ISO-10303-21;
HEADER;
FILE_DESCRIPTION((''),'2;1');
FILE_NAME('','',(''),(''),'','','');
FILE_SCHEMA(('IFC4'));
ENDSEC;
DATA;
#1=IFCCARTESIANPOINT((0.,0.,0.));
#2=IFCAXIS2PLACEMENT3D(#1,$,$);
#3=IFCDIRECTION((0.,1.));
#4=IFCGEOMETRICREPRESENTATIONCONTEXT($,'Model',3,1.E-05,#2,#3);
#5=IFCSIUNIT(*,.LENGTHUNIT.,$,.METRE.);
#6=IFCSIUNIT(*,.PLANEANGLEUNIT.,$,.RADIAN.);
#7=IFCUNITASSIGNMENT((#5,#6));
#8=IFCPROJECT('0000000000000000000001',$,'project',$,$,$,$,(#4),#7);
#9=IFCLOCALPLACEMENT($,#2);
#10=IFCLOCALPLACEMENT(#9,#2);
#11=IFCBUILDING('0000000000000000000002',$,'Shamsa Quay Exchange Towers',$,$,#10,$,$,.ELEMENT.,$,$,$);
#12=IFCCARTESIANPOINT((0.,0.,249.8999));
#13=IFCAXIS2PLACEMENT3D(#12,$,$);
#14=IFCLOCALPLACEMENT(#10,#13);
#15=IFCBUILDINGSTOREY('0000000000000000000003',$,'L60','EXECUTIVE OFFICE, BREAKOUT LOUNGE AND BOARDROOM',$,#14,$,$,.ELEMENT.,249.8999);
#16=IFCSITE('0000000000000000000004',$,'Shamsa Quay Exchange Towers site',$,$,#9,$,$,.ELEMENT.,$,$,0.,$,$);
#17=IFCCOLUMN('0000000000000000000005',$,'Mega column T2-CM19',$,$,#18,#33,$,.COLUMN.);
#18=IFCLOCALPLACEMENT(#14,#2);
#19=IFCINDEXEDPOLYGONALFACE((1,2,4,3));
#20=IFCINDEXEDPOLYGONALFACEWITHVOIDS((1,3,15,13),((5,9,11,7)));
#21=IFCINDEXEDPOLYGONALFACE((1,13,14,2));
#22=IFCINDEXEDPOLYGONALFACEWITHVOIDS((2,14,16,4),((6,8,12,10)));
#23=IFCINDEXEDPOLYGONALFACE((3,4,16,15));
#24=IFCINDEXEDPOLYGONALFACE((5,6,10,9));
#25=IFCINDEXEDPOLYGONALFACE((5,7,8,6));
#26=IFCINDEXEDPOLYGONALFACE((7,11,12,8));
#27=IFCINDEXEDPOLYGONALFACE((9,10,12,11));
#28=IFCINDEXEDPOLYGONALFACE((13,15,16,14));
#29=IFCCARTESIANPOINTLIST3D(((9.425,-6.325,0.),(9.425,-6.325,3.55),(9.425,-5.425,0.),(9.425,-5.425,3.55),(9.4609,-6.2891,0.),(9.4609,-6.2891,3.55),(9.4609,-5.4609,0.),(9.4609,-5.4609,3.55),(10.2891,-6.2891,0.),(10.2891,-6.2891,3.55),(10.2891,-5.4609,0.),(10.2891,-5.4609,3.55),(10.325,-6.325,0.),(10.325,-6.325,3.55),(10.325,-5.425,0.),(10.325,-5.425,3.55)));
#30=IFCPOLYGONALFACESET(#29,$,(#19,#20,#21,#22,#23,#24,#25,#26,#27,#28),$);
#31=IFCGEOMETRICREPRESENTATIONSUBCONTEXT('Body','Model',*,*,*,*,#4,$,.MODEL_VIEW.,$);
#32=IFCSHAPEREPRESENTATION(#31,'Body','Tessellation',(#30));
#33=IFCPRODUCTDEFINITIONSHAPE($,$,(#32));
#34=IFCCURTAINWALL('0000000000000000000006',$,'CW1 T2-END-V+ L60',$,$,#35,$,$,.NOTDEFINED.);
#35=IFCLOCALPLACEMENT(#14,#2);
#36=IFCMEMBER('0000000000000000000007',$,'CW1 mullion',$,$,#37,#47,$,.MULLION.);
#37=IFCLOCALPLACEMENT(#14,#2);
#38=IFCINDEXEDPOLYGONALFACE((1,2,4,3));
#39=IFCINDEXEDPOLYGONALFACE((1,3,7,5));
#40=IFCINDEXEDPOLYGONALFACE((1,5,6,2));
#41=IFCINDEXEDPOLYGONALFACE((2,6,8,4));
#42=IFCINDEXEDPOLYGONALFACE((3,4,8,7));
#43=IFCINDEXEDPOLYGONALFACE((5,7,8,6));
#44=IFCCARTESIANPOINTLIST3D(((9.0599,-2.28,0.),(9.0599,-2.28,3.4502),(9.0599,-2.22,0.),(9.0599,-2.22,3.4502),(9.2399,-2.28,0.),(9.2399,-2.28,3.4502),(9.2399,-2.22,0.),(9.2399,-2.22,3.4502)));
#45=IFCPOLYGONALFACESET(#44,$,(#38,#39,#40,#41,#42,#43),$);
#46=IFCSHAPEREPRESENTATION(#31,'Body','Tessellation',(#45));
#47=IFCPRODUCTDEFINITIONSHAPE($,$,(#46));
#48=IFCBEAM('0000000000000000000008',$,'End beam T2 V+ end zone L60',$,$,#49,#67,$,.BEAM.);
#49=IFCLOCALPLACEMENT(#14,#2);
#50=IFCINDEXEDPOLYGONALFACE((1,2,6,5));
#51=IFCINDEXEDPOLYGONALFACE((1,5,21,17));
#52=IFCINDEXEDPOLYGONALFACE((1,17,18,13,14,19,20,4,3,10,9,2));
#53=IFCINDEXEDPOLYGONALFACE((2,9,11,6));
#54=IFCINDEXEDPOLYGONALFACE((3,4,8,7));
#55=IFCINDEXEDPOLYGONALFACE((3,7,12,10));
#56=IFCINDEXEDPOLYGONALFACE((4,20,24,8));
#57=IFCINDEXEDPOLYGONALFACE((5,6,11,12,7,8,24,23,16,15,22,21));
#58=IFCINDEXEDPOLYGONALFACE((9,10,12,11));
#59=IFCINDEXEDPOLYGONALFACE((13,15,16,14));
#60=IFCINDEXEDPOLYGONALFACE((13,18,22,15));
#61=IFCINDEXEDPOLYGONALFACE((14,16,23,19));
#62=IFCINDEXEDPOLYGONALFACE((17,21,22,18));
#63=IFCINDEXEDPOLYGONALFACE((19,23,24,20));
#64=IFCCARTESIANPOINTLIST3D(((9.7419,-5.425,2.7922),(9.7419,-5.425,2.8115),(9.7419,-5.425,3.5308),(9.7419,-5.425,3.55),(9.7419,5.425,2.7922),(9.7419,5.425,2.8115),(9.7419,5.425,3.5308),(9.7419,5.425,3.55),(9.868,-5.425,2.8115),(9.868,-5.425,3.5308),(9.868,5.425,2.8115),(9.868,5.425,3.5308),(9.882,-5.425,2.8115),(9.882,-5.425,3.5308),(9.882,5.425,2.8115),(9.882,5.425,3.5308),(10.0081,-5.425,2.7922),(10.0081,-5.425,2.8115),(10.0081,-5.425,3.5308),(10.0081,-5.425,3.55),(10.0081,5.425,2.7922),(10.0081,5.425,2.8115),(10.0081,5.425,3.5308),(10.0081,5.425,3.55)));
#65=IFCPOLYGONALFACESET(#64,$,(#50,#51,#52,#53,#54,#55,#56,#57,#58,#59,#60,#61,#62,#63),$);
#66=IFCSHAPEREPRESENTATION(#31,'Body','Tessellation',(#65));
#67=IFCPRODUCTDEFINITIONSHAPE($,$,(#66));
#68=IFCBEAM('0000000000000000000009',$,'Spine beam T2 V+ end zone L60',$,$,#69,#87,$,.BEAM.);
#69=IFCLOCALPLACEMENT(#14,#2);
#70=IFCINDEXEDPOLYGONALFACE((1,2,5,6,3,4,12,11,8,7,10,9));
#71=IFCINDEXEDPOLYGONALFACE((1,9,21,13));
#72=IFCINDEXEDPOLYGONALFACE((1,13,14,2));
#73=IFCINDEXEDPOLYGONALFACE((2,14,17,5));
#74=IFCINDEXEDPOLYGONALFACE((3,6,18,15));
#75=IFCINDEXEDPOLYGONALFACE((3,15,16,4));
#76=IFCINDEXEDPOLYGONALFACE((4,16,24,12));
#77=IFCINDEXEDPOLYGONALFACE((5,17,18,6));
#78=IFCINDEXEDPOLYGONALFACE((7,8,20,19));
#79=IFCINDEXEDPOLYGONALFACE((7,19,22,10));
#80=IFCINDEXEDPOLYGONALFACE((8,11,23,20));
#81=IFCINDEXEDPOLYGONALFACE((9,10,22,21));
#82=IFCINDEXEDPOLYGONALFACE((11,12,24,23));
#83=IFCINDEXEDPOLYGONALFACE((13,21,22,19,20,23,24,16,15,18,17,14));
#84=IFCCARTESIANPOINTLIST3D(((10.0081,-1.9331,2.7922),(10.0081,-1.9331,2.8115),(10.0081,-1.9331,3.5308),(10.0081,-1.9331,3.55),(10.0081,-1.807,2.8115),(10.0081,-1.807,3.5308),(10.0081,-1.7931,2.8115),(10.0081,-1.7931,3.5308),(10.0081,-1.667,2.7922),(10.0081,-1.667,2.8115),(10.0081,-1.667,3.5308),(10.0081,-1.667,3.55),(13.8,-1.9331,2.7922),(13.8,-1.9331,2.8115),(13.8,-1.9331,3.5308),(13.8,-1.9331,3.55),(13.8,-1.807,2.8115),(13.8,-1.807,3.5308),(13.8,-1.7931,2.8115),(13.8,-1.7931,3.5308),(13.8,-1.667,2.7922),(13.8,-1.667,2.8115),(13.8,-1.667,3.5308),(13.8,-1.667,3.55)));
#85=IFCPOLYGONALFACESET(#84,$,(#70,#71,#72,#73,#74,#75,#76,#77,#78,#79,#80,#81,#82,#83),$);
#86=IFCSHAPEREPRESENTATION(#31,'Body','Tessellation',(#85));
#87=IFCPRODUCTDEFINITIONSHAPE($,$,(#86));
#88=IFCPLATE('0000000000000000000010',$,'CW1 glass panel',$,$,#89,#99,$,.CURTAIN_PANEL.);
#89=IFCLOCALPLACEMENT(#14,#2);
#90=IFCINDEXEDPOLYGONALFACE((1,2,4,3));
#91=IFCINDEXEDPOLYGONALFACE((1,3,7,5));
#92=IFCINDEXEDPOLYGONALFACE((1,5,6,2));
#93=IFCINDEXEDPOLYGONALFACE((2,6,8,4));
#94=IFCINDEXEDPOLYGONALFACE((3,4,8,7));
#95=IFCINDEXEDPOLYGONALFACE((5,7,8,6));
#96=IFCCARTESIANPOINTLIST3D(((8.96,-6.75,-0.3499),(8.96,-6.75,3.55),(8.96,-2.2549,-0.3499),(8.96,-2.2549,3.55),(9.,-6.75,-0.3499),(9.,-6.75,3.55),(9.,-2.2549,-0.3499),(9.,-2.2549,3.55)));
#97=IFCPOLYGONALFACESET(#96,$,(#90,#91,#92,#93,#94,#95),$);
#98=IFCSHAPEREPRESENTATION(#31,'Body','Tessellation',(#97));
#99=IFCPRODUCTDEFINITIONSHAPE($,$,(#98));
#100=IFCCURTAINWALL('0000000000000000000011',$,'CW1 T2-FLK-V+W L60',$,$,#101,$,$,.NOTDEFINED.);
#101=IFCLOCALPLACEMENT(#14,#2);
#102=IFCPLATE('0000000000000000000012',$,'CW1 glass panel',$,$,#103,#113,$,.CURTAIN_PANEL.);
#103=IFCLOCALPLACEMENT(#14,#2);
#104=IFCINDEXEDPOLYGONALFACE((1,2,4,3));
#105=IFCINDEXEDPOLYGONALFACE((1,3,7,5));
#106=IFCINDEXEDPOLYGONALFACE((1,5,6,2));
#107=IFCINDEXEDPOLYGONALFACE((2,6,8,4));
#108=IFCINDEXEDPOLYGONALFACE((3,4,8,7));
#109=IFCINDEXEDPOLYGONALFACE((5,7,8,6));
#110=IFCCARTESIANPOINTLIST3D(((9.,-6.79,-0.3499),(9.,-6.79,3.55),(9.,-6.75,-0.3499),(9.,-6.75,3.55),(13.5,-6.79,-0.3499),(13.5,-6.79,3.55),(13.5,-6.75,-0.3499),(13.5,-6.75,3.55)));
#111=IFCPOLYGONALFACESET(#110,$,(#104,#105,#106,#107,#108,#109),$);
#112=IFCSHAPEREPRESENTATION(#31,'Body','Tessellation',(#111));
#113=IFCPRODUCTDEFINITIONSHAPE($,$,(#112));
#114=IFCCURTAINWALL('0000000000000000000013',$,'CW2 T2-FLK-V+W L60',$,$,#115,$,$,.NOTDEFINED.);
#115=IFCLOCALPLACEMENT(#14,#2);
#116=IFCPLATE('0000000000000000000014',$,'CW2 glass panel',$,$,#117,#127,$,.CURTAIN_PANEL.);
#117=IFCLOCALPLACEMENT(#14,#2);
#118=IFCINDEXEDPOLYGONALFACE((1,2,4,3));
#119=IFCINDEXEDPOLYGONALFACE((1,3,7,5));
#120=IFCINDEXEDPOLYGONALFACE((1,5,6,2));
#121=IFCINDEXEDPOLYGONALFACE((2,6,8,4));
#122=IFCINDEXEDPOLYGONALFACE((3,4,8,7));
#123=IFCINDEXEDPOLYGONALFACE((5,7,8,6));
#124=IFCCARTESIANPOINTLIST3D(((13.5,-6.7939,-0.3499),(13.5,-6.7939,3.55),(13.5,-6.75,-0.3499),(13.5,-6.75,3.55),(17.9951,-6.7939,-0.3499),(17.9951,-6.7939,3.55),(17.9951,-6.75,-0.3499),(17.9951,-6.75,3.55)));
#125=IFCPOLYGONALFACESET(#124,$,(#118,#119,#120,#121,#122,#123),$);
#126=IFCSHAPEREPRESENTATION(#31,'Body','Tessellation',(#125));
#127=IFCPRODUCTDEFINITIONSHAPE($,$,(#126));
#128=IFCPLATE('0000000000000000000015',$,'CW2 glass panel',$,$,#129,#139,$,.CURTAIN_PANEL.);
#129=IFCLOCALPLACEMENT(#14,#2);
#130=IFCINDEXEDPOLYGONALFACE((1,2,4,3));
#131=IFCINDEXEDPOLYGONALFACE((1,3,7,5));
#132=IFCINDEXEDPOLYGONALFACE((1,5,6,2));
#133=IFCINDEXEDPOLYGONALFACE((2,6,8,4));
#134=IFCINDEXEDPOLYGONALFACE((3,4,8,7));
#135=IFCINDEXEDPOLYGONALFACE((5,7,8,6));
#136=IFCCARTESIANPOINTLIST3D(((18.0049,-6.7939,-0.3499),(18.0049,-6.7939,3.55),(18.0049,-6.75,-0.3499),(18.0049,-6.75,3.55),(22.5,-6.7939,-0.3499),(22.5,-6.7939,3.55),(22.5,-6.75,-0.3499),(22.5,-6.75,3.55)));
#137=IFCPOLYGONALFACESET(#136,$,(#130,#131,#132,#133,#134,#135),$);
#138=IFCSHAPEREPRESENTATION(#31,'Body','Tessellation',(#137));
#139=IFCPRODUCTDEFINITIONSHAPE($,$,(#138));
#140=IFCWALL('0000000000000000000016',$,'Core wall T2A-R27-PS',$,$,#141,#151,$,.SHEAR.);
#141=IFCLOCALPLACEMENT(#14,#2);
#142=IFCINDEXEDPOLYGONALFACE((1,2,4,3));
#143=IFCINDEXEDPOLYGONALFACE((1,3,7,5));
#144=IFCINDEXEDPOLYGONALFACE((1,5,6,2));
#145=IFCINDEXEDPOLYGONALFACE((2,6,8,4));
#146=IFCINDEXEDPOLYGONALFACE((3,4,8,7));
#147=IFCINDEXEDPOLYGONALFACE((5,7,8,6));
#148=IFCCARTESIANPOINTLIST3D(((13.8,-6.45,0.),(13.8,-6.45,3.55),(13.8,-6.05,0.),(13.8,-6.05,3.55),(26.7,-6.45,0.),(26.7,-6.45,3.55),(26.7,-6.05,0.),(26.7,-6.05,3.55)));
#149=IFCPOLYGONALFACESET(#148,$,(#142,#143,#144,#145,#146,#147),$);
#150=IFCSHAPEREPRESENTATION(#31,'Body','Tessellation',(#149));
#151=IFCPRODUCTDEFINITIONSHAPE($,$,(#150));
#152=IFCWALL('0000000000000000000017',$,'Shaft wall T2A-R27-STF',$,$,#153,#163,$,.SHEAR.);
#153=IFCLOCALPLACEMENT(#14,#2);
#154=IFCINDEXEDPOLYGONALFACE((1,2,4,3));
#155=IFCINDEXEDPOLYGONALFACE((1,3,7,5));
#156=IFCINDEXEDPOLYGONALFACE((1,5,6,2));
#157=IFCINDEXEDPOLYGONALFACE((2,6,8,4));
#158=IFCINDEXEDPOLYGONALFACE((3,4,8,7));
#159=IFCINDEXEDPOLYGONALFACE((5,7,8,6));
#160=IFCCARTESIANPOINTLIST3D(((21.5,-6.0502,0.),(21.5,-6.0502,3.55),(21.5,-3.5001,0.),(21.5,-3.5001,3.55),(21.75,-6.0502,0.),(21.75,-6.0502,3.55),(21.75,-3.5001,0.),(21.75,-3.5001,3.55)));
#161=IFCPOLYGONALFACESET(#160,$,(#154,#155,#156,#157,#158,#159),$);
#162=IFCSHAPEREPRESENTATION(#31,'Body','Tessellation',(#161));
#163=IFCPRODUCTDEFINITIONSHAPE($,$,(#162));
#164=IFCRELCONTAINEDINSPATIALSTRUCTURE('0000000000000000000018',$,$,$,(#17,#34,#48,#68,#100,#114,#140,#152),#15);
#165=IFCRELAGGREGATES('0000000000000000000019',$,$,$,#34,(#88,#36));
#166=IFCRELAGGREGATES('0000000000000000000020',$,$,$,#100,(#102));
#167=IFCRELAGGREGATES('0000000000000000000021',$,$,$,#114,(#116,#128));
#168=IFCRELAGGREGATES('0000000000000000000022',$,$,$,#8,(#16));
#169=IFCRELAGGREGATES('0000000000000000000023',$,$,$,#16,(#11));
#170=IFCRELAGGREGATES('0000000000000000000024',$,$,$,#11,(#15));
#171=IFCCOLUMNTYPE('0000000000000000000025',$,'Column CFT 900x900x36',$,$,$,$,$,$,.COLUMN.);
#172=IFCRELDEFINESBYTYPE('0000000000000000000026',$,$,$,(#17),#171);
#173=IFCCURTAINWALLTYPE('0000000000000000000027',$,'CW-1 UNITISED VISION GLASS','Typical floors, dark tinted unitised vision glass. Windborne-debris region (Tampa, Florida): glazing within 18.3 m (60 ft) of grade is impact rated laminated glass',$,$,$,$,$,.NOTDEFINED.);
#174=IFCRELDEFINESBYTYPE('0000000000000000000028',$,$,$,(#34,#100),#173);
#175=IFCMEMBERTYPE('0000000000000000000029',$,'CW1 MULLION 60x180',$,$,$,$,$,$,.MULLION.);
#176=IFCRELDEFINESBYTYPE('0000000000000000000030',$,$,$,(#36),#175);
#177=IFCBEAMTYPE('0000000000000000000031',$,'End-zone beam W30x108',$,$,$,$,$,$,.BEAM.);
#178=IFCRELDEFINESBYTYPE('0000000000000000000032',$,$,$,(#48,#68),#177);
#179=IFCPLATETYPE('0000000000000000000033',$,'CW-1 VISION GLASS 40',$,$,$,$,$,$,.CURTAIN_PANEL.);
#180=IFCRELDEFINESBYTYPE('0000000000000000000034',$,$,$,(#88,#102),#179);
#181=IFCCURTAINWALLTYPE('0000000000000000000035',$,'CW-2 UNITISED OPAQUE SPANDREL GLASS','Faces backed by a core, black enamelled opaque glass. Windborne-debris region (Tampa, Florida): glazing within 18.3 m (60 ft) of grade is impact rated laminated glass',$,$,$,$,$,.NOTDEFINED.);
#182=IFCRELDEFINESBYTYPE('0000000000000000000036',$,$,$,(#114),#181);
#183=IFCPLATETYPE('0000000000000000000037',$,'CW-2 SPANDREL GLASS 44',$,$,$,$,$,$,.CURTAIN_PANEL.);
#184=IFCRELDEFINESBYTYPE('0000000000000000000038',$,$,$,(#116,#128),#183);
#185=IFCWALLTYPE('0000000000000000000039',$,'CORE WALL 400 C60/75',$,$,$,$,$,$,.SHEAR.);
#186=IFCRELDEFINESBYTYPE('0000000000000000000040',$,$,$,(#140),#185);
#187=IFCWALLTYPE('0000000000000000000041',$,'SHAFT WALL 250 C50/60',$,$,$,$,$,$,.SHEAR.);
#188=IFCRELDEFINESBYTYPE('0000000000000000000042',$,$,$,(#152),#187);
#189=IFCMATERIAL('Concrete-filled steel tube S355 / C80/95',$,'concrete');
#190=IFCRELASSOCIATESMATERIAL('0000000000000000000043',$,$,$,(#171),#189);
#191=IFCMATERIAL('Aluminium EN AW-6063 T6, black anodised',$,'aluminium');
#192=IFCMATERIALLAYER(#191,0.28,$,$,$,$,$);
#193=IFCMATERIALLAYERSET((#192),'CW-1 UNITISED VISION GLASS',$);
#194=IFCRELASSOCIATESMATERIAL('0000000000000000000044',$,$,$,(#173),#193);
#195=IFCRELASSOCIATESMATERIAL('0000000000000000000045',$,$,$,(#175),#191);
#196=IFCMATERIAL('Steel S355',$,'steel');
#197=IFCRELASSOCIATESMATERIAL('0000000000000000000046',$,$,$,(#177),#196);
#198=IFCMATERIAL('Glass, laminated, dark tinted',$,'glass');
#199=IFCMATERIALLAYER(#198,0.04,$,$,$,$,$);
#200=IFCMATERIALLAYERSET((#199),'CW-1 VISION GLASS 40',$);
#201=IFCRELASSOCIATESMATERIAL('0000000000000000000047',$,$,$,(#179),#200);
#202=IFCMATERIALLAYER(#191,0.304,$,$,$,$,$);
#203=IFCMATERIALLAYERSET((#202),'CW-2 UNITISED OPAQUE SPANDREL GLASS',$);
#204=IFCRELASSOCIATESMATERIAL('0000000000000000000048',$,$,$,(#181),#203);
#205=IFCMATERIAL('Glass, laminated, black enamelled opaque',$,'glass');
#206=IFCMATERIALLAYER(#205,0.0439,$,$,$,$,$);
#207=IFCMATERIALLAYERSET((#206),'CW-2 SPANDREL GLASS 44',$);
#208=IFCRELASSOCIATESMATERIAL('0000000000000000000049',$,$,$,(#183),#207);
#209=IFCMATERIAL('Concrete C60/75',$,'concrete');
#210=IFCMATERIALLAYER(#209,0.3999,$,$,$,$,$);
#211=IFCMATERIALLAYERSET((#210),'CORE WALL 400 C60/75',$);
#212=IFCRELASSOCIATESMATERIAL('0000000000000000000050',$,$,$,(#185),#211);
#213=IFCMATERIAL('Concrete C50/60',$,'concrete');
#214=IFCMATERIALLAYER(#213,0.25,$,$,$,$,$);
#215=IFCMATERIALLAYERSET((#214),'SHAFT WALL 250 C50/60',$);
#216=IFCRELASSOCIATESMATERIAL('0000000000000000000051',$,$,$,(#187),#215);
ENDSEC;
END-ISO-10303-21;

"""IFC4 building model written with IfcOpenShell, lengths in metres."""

from ifc_helpers import new_model, si_unit, direction, frame, frame_2d, origin, origin_2d, place, context, subcontext, project, spatial, rectangle, hollow_rectangle, i_section, extrude, material, layer, layer_set, material_profile, profile_set, type_object, element, aggregate, save


model = new_model("IFC4")

# Units and contexts
model_context = context("Model", 3, precision=1e-05, world=origin(), true_north=direction((0.0, 1.0)))
body_context = subcontext(model_context, "Body", "Model", "MODEL_VIEW")
ifc_project = project(units=[si_unit("LENGTHUNIT", "METRE"), si_unit("PLANEANGLEUNIT", "RADIAN")], contexts=[model_context])

# Site, building, storey
site_placement = place(None, origin())
site = spatial("IfcSite", under=ifc_project, at=site_placement, Name="Shamsa Quay Exchange Towers site", CompositionType="ELEMENT", RefElevation=0.0)
building_placement = place(site_placement, origin())
building = spatial("IfcBuilding", under=site, at=building_placement, Name="Shamsa Quay Exchange Towers", CompositionType="ELEMENT")
storey_placement = place(building_placement, frame((0.0, 0.0, 249.8999)))
storey = spatial("IfcBuildingStorey", under=building, at=storey_placement, Name="L60", Description="EXECUTIVE OFFICE, BREAKOUT LOUNGE AND BOARDROOM", CompositionType="ELEMENT", Elevation=249.8999)

# Column
ifc_material_1 = material(Name="Concrete-filled steel tube S355 / C80/95", Category="concrete")
ifc_material_profile_1 = material_profile(ifc_material_1, hollow_rectangle(XDim=0.8999, YDim=0.8999, WallThickness=0.0359, at=origin_2d()), Name="CFT 900x900x36")
ifc_profile_set_1 = profile_set([ifc_material_profile_1], Name="Concrete-filled steel tube S355 / C80/95")
column_type = type_object("IfcColumnType", Name="Column CFT 900x900x36", PredefinedType="COLUMN", material=ifc_profile_set_1)
column_placement = place(storey_placement, frame((9.875, -5.875, 0.0)))
element("IfcColumn", 1, at=column_placement, inside=storey, type_object=column_type, Name="Mega column T2-CM19", PredefinedType="COLUMN", context=body_context, shape_type="SweptSolid", body=[
    extrude(hollow_rectangle(XDim=0.8999, YDim=0.8999, WallThickness=0.0359, at=origin_2d()), origin(), (0.0, 0.0, 1.0), 3.55),
])

# Curtain wall, member
ifc_material_2 = material(Name="Aluminium EN AW-6063 T6, black anodised", Category="aluminium")
ifc_layer_1 = layer(ifc_material_2, 0.28)
ifc_layer_set_1 = layer_set([ifc_layer_1], Name="CW-1 UNITISED VISION GLASS")
curtain_wall_type_1 = type_object("IfcCurtainWallType", Name="CW-1 UNITISED VISION GLASS", Description="Typical floors, dark tinted unitised vision glass. Windborne-debris region (Tampa, Florida): glazing within 18.3 m (60 ft) of grade is impact rated laminated glass", PredefinedType="NOTDEFINED", material=ifc_layer_set_1)
curtain_wall_1_placement = place(storey_placement, origin())
curtain_wall_1 = element("IfcCurtainWall", 2, at=curtain_wall_1_placement, inside=storey, type_object=curtain_wall_type_1, Name="CW1 T2-END-V+ L60", PredefinedType="NOTDEFINED")
ifc_material_profile_2 = material_profile(ifc_material_2, rectangle(XDim=0.1799, YDim=0.0601, at=origin_2d()), Name="MU60x180")
ifc_profile_set_2 = profile_set([ifc_material_profile_2], Name="Aluminium EN AW-6063 T6, black anodised")
member_type = type_object("IfcMemberType", Name="CW1 MULLION 60x180", PredefinedType="MULLION", material=ifc_profile_set_2)
member_placement = place(storey_placement, frame((9.1499, -2.25, 0.0)))
member = element("IfcMember", 3, at=member_placement, type_object=member_type, Name="CW1 mullion", PredefinedType="MULLION", context=body_context, shape_type="SweptSolid", body=[
    extrude(rectangle(XDim=0.1799, YDim=0.0601, at=origin_2d()), origin(), (0.0, 0.0, 1.0), 3.4502),
])

# Beams
ifc_material_3 = material(Name="Steel S355", Category="steel")
ifc_material_profile_3 = material_profile(ifc_material_3, i_section(OverallWidth=0.2661, OverallDepth=0.7578, WebThickness=0.0139, FlangeThickness=0.0193, at=origin_2d()), Name="W30x108")
ifc_profile_set_3 = profile_set([ifc_material_profile_3], Name="Steel S355")
beam_type = type_object("IfcBeamType", Name="End-zone beam W30x108", PredefinedType="BEAM", material=ifc_profile_set_3)
beam_1_placement = place(storey_placement, frame((9.875, -5.425, 3.1711), z_axis=(0.0, 1.0, 0.0), x_axis=(-1.0, 0.0, 0.0)))
element("IfcBeam", 4, at=beam_1_placement, inside=storey, type_object=beam_type, Name="End beam T2 V+ end zone L60", PredefinedType="BEAM", context=body_context, shape_type="SweptSolid", body=[
    extrude(i_section(OverallWidth=0.2661, OverallDepth=0.7578, WebThickness=0.0139, FlangeThickness=0.0193, at=origin_2d()), origin(), (0.0, 0.0, 1.0), 10.8501),
])
beam_2_placement = place(storey_placement, frame((13.8, -1.8, 3.1711), z_axis=(-1.0, 0.0, 0.0), x_axis=(0.0, -1.0, 0.0)))
element("IfcBeam", 5, at=beam_2_placement, inside=storey, type_object=beam_type, Name="Spine beam T2 V+ end zone L60", PredefinedType="BEAM", context=body_context, shape_type="SweptSolid", body=[
    extrude(i_section(OverallWidth=0.2661, OverallDepth=0.7578, WebThickness=0.0139, FlangeThickness=0.0193, at=origin_2d()), origin(), (0.0, 0.0, 1.0), 3.792),
])

# Plate
ifc_material_4 = material(Name="Glass, laminated, dark tinted", Category="glass")
ifc_layer_2 = layer(ifc_material_4, 0.04)
ifc_layer_set_2 = layer_set([ifc_layer_2], Name="CW-1 VISION GLASS 40")
plate_type_1 = type_object("IfcPlateType", Name="CW-1 VISION GLASS 40", PredefinedType="CURTAIN_PANEL", material=ifc_layer_set_2)
plate_1_placement = place(storey_placement, frame((8.98, -4.5024, -0.3499), z_axis=(0.0, 0.0, 1.0), x_axis=(0.0, -1.0, 0.0)))
plate_1 = element("IfcPlate", 6, at=plate_1_placement, type_object=plate_type_1, Name="CW1 glass panel", PredefinedType="CURTAIN_PANEL", context=body_context, shape_type="SweptSolid", body=[
    extrude(rectangle(XDim=4.4951, YDim=0.04, at=origin_2d()), origin(), (0.0, 0.0, 1.0), 3.8999),
])
aggregate(curtain_wall_1, [plate_1, member])

# Curtain wall, plate
curtain_wall_2_placement = place(storey_placement, origin())
curtain_wall_2 = element("IfcCurtainWall", 7, at=curtain_wall_2_placement, inside=storey, type_object=curtain_wall_type_1, Name="CW1 T2-FLK-V+W L60", PredefinedType="NOTDEFINED")
plate_2_placement = place(storey_placement, frame((11.25, -6.77, -0.3499)))
plate_2 = element("IfcPlate", 8, at=plate_2_placement, type_object=plate_type_1, Name="CW1 glass panel", PredefinedType="CURTAIN_PANEL", context=body_context, shape_type="SweptSolid", body=[
    extrude(rectangle(XDim=4.5, YDim=0.04, at=origin_2d()), origin(), (0.0, 0.0, 1.0), 3.8999),
])
aggregate(curtain_wall_2, [plate_2])

# Curtain wall, plates
ifc_layer_3 = layer(ifc_material_2, 0.304)
ifc_layer_set_3 = layer_set([ifc_layer_3], Name="CW-2 UNITISED OPAQUE SPANDREL GLASS")
curtain_wall_type_2 = type_object("IfcCurtainWallType", Name="CW-2 UNITISED OPAQUE SPANDREL GLASS", Description="Faces backed by a core, black enamelled opaque glass. Windborne-debris region (Tampa, Florida): glazing within 18.3 m (60 ft) of grade is impact rated laminated glass", PredefinedType="NOTDEFINED", material=ifc_layer_set_3)
curtain_wall_3_placement = place(storey_placement, origin())
curtain_wall_3 = element("IfcCurtainWall", 9, at=curtain_wall_3_placement, inside=storey, type_object=curtain_wall_type_2, Name="CW2 T2-FLK-V+W L60", PredefinedType="NOTDEFINED")
ifc_material_5 = material(Name="Glass, laminated, black enamelled opaque", Category="glass")
ifc_layer_4 = layer(ifc_material_5, 0.0439)
ifc_layer_set_4 = layer_set([ifc_layer_4], Name="CW-2 SPANDREL GLASS 44")
plate_type_2 = type_object("IfcPlateType", Name="CW-2 SPANDREL GLASS 44", PredefinedType="CURTAIN_PANEL", material=ifc_layer_set_4)
plate_3_placement = place(storey_placement, frame((15.7476, -6.772, -0.3499)))
plate_3 = element("IfcPlate", 10, at=plate_3_placement, type_object=plate_type_2, Name="CW2 glass panel", PredefinedType="CURTAIN_PANEL", context=body_context, shape_type="SweptSolid", body=[
    extrude(rectangle(XDim=4.4951, YDim=0.0439, at=origin_2d()), origin(), (0.0, 0.0, 1.0), 3.8999),
])
plate_4_placement = place(storey_placement, frame((20.2524, -6.772, -0.3499)))
plate_4 = element("IfcPlate", 11, at=plate_4_placement, type_object=plate_type_2, Name="CW2 glass panel", PredefinedType="CURTAIN_PANEL", context=body_context, shape_type="SweptSolid", body=[
    extrude(rectangle(XDim=4.4951, YDim=0.0439, at=origin_2d()), origin(), (0.0, 0.0, 1.0), 3.8999),
])
aggregate(curtain_wall_3, [plate_3, plate_4])

# Walls
ifc_material_6 = material(Name="Concrete C60/75", Category="concrete")
ifc_layer_5 = layer(ifc_material_6, 0.3999)
ifc_layer_set_5 = layer_set([ifc_layer_5], Name="CORE WALL 400 C60/75")
wall_type_1 = type_object("IfcWallType", Name="CORE WALL 400 C60/75", PredefinedType="SHEAR", material=ifc_layer_set_5)
wall_1_placement = place(storey_placement, frame((13.8, -6.25, 0.0)))
element("IfcWall", 12, at=wall_1_placement, inside=storey, type_object=wall_type_1, Name="Core wall T2A-R27-PS", PredefinedType="SHEAR", context=body_context, shape_type="SweptSolid", body=[
    extrude(rectangle(XDim=12.8999, YDim=0.3999, at=frame_2d((6.45, 0.0))), origin(), (0.0, 0.0, 1.0), 3.55),
])
ifc_material_7 = material(Name="Concrete C50/60", Category="concrete")
ifc_layer_6 = layer(ifc_material_7, 0.25)
ifc_layer_set_6 = layer_set([ifc_layer_6], Name="SHAFT WALL 250 C50/60")
wall_type_2 = type_object("IfcWallType", Name="SHAFT WALL 250 C50/60", PredefinedType="SHEAR", material=ifc_layer_set_6)
wall_2_placement = place(storey_placement, frame((21.625, -6.05, 0.0), z_axis=(0.0, 0.0, 1.0), x_axis=(0.0, 1.0, 0.0)))
element("IfcWall", 13, at=wall_2_placement, inside=storey, type_object=wall_type_2, Name="Shaft wall T2A-R27-STF", PredefinedType="SHEAR", context=body_context, shape_type="SweptSolid", body=[
    extrude(rectangle(XDim=2.55, YDim=0.25, at=frame_2d((1.2749, 0.0))), origin(), (0.0, 0.0, 1.0), 3.55),
])

save(model, "model.ifc")
